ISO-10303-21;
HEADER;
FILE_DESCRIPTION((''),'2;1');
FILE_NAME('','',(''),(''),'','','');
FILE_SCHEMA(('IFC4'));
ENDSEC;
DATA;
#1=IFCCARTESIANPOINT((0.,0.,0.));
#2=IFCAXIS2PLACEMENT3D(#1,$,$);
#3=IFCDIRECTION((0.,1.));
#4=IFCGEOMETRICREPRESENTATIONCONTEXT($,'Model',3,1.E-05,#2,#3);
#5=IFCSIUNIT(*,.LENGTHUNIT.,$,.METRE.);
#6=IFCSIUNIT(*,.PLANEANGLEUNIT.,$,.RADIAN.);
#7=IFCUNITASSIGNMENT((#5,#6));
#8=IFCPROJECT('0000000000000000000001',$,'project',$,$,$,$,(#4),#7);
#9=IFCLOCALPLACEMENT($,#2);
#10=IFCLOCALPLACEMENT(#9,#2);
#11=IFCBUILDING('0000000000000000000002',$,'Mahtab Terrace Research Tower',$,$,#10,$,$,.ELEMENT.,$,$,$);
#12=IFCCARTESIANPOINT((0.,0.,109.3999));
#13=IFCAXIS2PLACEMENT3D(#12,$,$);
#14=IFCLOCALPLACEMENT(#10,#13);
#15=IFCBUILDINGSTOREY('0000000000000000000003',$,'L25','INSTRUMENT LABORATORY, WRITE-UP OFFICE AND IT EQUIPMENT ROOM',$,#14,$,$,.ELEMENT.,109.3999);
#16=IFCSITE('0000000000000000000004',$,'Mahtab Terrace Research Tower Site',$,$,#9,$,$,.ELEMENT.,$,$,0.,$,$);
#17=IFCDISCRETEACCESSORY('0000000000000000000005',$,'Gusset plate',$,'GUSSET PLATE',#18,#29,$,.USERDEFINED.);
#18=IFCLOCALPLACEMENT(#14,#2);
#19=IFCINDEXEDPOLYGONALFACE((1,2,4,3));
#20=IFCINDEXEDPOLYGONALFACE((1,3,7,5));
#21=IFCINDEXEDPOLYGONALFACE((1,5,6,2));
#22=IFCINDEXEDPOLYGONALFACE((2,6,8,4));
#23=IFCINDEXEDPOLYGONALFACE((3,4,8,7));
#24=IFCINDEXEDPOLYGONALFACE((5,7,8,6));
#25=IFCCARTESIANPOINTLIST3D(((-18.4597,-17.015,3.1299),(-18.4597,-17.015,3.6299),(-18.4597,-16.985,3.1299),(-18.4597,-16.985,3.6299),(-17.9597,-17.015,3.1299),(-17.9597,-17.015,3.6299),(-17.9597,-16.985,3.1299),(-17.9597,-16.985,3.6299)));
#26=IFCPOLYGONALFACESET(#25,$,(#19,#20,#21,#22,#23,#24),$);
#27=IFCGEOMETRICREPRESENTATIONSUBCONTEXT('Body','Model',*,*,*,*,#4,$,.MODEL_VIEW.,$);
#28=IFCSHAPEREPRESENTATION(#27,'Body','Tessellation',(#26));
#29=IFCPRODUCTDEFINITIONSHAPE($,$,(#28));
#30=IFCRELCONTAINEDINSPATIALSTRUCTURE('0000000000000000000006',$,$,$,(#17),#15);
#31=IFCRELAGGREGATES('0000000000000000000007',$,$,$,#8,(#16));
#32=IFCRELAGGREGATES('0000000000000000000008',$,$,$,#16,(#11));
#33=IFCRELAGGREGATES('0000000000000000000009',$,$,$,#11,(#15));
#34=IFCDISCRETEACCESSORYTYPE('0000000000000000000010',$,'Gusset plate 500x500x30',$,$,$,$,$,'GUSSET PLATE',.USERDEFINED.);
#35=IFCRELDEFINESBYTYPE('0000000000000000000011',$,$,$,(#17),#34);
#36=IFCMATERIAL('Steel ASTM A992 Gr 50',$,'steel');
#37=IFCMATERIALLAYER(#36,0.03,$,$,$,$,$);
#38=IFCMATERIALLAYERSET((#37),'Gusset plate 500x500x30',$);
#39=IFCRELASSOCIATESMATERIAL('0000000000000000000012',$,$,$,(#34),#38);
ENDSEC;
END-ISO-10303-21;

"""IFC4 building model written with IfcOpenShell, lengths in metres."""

from ifc_helpers import new_model, si_unit, direction, frame, origin, origin_2d, place, context, subcontext, project, spatial, rectangle, extrude, material, layer, layer_set, type_object, element, save


model = new_model("IFC4")

# Units and contexts
model_context = context("Model", 3, precision=1e-05, world=origin(), true_north=direction((0.0, 1.0)))
body_context = subcontext(model_context, "Body", "Model", "MODEL_VIEW")
ifc_project = project(units=[si_unit("LENGTHUNIT", "METRE"), si_unit("PLANEANGLEUNIT", "RADIAN")], contexts=[model_context])

# Site, building, storey
site_placement = place(None, origin())
site = spatial("IfcSite", under=ifc_project, at=site_placement, Name="Mahtab Terrace Research Tower Site", CompositionType="ELEMENT", RefElevation=0.0)
building_placement = place(site_placement, origin())
building = spatial("IfcBuilding", under=site, at=building_placement, Name="Mahtab Terrace Research Tower", CompositionType="ELEMENT")
storey_placement = place(building_placement, frame((0.0, 0.0, 109.3999)))
storey = spatial("IfcBuildingStorey", under=building, at=storey_placement, Name="L25", Description="INSTRUMENT LABORATORY, WRITE-UP OFFICE AND IT EQUIPMENT ROOM", CompositionType="ELEMENT", Elevation=109.3999)

# Shared definitions
ifc_material_1 = material(Name="Steel ASTM A992 Gr 50", Category="steel")

# Discrete accessory
ifc_layer_1 = layer(ifc_material_1, 0.03)
ifc_layer_set_1 = layer_set([ifc_layer_1], Name="Gusset plate 500x500x30")
discrete_accessory_type = type_object("IfcDiscreteAccessoryType", Name="Gusset plate 500x500x30", ElementType="GUSSET PLATE", PredefinedType="USERDEFINED", material=ifc_layer_set_1)
for number, where, z_axis, x_axis, name in (
    (1, (-18.2097, -17.0, 3.1299), (0.0, 0.0, 1.0), (1.0, 0.0, 0.0), "Gusset plate"),
):
    element("IfcDiscreteAccessory", number, at=place(storey_placement, frame(where, z_axis=z_axis, x_axis=x_axis)), inside=storey, type_object=discrete_accessory_type, Name=name, ObjectType="GUSSET PLATE", PredefinedType="USERDEFINED", context=body_context, shape_type="SweptSolid", body=[
        extrude(rectangle(XDim=0.5, YDim=0.03, at=origin_2d()), origin(), (0.0, 0.0, 1.0), 0.5),
    ])

save(model, "model.ifc")
